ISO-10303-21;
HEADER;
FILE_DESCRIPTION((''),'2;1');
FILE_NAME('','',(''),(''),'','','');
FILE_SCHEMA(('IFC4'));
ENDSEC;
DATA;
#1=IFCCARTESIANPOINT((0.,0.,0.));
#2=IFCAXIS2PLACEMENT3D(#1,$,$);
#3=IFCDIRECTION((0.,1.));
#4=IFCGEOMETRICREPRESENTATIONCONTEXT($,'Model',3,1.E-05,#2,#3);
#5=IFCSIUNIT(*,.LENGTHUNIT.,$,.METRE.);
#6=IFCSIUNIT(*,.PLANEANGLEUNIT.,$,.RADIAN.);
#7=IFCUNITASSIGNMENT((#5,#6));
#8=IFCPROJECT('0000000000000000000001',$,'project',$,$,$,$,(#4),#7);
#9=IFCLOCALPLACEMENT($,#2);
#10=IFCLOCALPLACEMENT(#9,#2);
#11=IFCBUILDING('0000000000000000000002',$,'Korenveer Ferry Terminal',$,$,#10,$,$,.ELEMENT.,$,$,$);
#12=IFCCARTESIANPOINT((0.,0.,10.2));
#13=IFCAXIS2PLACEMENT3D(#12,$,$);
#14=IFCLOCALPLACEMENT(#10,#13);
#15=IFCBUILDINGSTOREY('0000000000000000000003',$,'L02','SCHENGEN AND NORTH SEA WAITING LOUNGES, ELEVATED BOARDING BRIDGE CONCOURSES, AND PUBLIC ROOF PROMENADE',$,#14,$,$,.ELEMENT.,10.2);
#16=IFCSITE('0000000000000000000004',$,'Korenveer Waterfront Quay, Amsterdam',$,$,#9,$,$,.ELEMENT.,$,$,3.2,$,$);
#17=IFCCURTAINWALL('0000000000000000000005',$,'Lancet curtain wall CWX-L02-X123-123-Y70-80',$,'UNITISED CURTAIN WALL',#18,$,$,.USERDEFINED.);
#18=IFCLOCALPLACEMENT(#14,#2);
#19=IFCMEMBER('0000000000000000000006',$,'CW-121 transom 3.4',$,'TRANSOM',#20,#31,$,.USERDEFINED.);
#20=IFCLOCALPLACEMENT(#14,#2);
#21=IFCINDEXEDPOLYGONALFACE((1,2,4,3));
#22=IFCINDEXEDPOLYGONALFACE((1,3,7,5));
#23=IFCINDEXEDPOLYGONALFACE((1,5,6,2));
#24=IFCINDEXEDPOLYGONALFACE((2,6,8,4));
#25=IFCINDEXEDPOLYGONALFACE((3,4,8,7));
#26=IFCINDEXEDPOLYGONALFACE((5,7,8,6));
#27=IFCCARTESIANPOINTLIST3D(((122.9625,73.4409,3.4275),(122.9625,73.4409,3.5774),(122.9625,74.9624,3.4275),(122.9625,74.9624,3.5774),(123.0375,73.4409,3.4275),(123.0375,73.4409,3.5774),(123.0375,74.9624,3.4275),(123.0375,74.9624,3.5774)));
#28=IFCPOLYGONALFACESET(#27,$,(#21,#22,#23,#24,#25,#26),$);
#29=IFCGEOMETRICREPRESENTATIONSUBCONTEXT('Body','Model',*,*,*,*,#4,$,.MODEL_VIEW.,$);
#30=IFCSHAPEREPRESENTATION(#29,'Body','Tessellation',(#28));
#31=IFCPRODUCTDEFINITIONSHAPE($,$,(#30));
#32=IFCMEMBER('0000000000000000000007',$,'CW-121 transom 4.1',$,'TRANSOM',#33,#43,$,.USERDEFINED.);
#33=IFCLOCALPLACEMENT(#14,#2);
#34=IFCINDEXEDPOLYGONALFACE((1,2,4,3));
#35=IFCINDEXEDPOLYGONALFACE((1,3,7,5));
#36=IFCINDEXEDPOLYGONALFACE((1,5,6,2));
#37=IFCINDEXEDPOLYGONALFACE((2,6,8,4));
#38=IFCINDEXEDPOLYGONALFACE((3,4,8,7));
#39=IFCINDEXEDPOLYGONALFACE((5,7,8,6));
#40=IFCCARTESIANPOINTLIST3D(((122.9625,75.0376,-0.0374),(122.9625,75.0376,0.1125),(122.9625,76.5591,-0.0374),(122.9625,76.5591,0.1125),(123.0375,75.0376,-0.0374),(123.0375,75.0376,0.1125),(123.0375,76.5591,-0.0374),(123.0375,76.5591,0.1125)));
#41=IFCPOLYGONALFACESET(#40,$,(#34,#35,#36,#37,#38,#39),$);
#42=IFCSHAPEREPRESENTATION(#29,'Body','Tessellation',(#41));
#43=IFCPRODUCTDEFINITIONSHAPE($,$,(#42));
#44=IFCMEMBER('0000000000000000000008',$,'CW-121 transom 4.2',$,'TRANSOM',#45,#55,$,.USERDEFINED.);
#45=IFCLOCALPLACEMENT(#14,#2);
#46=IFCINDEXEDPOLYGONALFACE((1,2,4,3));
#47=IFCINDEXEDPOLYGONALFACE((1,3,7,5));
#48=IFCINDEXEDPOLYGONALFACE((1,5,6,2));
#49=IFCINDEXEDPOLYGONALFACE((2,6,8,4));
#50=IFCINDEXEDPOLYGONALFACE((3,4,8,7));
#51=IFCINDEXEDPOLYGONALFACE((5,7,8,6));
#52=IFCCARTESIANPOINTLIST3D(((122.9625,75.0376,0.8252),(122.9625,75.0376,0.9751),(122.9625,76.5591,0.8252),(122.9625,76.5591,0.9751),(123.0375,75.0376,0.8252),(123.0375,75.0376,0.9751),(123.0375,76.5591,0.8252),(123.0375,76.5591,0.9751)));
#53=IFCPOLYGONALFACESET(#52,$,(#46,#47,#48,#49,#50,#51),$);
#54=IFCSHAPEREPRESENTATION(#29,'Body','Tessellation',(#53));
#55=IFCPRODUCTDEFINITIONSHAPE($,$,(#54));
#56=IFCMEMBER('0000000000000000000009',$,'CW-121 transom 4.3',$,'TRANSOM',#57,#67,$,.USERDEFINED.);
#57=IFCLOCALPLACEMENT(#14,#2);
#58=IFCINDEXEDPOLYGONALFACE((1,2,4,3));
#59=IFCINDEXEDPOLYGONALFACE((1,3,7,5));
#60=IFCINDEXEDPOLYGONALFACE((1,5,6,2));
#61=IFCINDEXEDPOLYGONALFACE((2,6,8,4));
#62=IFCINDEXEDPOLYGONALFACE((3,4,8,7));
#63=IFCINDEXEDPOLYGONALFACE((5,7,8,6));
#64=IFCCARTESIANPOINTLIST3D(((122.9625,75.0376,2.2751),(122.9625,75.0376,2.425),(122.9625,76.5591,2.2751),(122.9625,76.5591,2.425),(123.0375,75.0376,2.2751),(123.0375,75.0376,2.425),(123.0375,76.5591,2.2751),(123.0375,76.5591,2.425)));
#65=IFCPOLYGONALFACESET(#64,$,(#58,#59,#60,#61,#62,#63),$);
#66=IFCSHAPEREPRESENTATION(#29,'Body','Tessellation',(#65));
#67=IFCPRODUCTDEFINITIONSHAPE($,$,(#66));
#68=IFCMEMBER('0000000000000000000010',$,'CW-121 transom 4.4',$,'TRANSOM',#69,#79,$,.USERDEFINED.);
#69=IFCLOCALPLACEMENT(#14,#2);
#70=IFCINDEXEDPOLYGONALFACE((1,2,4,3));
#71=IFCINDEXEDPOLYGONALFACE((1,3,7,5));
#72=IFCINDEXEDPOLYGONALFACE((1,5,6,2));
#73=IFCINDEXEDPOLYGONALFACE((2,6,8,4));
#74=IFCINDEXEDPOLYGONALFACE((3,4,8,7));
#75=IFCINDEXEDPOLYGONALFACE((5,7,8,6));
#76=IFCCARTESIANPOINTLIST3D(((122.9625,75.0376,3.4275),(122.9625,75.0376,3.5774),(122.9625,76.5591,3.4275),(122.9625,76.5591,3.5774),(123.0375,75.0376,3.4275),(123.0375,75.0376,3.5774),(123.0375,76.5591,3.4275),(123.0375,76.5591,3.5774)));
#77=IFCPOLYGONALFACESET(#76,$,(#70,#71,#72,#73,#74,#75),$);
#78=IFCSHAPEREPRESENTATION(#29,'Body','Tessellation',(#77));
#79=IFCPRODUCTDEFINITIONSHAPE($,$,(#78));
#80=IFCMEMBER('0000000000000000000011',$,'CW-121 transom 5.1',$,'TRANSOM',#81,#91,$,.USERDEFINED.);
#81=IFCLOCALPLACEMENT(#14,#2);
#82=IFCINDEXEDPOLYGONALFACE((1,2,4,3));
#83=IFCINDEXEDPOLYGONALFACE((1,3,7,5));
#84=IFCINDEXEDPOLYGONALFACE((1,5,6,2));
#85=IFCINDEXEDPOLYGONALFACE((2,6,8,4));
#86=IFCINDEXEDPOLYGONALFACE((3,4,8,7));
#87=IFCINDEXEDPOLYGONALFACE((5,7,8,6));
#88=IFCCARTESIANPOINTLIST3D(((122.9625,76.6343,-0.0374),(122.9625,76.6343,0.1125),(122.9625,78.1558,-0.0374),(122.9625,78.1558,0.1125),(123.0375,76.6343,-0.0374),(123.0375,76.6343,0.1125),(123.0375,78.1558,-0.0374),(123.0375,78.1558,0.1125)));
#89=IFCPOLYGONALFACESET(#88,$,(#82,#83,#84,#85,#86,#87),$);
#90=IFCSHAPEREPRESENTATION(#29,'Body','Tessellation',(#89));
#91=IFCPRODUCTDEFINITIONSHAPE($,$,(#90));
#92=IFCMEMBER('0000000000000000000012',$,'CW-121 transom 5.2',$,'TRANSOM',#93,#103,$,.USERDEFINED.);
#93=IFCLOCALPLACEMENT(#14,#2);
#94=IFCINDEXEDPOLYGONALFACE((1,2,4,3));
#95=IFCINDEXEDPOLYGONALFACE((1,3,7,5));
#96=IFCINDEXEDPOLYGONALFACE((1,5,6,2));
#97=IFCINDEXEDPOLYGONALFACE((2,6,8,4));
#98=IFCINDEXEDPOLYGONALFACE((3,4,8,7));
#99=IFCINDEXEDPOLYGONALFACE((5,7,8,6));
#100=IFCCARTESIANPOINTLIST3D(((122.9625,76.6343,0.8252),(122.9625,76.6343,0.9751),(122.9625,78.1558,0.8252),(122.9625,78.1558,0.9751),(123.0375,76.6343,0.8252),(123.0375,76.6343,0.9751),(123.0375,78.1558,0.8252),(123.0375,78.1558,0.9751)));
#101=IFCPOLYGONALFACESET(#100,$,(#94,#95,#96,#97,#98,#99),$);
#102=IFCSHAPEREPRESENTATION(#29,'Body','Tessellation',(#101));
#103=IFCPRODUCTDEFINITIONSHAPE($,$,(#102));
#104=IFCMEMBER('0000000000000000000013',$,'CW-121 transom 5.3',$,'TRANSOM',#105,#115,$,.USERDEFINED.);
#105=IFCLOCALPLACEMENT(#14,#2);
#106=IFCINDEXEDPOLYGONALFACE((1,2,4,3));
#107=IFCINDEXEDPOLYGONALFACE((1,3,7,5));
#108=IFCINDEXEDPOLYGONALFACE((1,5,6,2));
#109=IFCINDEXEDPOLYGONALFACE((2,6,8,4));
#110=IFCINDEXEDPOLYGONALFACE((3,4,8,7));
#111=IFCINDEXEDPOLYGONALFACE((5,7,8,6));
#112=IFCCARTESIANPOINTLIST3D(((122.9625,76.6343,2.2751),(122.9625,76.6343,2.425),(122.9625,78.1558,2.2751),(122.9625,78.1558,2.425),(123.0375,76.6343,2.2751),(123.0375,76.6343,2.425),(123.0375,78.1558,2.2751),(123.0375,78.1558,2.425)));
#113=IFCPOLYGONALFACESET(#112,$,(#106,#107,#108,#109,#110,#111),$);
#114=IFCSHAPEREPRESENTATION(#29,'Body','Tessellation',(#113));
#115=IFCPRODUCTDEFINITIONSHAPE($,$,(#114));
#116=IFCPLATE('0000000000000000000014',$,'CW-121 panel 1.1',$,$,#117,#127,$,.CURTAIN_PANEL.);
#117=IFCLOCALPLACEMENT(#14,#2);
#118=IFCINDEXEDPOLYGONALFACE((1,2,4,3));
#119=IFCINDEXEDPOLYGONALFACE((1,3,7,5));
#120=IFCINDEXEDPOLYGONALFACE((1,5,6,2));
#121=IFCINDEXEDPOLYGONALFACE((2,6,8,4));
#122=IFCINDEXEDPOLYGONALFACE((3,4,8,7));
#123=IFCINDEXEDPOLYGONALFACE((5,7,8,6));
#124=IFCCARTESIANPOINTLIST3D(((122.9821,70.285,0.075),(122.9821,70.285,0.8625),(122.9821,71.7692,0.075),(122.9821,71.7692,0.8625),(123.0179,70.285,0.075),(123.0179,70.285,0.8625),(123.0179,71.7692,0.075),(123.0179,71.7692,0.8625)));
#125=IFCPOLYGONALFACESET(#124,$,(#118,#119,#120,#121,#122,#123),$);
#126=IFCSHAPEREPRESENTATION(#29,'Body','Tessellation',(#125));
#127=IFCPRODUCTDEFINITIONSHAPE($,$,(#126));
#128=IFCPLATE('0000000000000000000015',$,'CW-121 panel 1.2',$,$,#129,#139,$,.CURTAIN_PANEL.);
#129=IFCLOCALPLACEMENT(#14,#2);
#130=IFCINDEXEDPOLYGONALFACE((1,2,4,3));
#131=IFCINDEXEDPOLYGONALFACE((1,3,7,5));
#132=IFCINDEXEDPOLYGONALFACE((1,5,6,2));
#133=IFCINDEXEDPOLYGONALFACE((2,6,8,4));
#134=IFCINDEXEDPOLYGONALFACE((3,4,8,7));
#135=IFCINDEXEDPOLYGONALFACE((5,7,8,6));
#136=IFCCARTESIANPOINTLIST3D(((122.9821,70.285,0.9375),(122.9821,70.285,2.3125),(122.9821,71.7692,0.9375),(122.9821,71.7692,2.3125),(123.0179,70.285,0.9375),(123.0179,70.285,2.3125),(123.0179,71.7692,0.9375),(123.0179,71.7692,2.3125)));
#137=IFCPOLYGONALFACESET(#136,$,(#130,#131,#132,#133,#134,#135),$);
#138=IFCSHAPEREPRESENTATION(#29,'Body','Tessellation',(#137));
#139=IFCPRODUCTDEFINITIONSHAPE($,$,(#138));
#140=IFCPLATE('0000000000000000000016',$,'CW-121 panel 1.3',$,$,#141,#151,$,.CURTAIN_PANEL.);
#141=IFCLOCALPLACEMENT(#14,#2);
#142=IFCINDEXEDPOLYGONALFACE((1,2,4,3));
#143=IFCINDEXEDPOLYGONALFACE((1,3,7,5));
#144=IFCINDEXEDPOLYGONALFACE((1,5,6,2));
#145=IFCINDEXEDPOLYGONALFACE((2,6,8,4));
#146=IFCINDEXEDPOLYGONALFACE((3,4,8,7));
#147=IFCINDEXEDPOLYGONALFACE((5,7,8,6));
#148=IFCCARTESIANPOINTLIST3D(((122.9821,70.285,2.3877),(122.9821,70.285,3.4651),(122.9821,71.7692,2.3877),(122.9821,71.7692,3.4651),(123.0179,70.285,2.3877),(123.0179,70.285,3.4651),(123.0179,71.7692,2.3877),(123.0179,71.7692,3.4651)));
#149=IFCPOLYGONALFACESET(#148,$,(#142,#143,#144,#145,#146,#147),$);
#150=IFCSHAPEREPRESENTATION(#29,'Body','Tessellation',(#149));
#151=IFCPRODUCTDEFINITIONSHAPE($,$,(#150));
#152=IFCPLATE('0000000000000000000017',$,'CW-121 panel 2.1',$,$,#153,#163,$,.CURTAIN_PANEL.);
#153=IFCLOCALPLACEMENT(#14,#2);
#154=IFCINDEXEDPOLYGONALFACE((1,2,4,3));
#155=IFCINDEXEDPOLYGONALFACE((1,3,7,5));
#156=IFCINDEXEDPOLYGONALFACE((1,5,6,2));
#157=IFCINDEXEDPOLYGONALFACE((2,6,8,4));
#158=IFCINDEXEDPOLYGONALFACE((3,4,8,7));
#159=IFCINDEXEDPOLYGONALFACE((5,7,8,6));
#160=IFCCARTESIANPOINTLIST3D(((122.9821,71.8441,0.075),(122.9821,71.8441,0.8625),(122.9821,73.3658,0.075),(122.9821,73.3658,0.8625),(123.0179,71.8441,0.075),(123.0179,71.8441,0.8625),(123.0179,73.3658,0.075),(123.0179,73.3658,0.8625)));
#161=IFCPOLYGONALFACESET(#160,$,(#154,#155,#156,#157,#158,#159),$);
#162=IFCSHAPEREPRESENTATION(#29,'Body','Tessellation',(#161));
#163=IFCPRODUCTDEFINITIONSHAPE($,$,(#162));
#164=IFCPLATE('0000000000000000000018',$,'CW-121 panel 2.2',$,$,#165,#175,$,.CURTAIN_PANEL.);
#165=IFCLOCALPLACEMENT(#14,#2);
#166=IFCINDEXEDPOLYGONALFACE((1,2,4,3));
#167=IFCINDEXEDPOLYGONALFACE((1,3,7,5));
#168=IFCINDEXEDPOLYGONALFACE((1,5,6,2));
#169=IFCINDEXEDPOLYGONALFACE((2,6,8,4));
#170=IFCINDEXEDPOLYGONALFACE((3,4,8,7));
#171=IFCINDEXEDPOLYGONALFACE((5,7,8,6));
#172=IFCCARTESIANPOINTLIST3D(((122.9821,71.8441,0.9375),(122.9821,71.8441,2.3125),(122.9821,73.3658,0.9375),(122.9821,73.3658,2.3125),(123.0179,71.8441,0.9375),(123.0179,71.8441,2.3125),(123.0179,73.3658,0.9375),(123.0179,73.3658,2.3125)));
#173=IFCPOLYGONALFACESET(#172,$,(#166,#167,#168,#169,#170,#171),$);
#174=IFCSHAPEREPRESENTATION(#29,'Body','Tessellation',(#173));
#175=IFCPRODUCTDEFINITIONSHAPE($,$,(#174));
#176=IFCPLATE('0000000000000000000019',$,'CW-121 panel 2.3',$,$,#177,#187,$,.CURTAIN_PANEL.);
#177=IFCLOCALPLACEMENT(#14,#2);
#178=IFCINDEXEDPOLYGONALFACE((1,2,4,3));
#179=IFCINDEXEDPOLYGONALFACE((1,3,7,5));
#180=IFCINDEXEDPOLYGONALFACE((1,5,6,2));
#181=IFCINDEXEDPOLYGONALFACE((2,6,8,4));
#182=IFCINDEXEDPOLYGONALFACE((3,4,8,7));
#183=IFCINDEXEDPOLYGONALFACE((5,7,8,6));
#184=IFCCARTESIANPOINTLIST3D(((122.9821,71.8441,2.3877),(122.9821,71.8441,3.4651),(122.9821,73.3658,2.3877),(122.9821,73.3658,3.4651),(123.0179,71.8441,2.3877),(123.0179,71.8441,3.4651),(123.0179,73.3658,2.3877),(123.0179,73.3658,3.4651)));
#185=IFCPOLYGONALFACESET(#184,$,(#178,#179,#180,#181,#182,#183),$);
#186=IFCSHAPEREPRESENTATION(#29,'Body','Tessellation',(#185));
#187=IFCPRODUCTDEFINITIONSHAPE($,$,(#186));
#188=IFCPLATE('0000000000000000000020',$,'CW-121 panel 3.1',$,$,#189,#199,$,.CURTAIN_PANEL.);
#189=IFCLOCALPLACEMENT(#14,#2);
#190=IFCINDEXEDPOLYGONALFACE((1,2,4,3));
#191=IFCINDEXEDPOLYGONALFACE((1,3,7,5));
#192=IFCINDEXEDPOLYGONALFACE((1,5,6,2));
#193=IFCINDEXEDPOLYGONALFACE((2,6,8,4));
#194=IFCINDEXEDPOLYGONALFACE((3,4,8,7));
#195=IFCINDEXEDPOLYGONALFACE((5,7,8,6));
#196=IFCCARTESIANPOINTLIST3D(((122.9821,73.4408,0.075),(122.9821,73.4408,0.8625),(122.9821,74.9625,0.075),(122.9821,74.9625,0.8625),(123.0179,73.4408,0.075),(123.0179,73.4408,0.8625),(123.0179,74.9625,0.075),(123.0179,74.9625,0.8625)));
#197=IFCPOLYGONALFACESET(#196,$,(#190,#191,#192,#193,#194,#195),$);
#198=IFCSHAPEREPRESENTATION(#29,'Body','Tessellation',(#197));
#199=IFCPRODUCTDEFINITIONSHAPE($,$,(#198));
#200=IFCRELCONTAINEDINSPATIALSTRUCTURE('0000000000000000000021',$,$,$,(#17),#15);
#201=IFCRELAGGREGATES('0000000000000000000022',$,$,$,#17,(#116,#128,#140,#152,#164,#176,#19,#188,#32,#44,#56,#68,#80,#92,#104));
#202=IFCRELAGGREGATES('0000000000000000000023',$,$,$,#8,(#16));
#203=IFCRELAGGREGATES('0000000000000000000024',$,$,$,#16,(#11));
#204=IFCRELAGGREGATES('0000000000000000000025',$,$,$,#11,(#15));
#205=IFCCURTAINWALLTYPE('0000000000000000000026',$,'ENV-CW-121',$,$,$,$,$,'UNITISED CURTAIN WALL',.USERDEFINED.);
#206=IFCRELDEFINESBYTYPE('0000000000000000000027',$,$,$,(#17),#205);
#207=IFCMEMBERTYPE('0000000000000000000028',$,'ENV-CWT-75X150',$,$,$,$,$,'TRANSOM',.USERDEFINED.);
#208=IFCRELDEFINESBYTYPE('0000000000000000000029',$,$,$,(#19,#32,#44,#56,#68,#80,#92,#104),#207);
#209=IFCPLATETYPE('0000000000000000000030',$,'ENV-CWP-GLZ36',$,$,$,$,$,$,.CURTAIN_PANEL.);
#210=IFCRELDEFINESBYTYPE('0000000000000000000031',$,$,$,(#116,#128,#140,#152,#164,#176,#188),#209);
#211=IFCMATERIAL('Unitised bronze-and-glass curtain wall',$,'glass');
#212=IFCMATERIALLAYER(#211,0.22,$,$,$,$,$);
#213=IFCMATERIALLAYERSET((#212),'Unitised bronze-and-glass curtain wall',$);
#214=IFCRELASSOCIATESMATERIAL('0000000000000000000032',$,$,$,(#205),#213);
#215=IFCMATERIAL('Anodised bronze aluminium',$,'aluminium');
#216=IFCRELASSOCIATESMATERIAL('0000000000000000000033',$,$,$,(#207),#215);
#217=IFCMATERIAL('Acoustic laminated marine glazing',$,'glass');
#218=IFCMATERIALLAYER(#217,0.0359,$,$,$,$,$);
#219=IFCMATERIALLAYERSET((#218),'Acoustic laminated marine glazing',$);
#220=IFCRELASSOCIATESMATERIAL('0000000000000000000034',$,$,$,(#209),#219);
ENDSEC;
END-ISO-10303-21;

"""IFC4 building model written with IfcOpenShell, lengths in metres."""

from ifc_helpers import new_model, si_unit, direction, frame, origin, origin_2d, place, context, subcontext, project, spatial, rectangle, extrude, material, layer, layer_set, material_profile, profile_set, type_object, element, aggregate, save


model = new_model("IFC4")

# Units and contexts
model_context = context("Model", 3, precision=1e-05, world=origin(), true_north=direction((0.0, 1.0)))
body_context = subcontext(model_context, "Body", "Model", "MODEL_VIEW")
ifc_project = project(units=[si_unit("LENGTHUNIT", "METRE"), si_unit("PLANEANGLEUNIT", "RADIAN")], contexts=[model_context])

# Site, building, storey
site_placement = place(None, origin())
site = spatial("IfcSite", under=ifc_project, at=site_placement, Name="Korenveer Waterfront Quay, Amsterdam", CompositionType="ELEMENT", RefElevation=3.2)
building_placement = place(site_placement, origin())
building = spatial("IfcBuilding", under=site, at=building_placement, Name="Korenveer Ferry Terminal", CompositionType="ELEMENT")
storey_placement = place(building_placement, frame((0.0, 0.0, 10.2)))
storey = spatial("IfcBuildingStorey", under=building, at=storey_placement, Name="L02", Description="SCHENGEN AND NORTH SEA WAITING LOUNGES, ELEVATED BOARDING BRIDGE CONCOURSES, AND PUBLIC ROOF PROMENADE", CompositionType="ELEMENT", Elevation=10.2)

# Curtain wall, members, plates
ifc_material_1 = material(Name="Unitised bronze-and-glass curtain wall", Category="glass")
ifc_layer_1 = layer(ifc_material_1, 0.22)
ifc_layer_set_1 = layer_set([ifc_layer_1], Name="Unitised bronze-and-glass curtain wall")
curtain_wall_type = type_object("IfcCurtainWallType", Name="ENV-CW-121", ElementType="UNITISED CURTAIN WALL", PredefinedType="USERDEFINED", material=ifc_layer_set_1)
curtain_wall_placement = place(storey_placement, frame((123.0, 70.21, 0.0)))
curtain_wall = element("IfcCurtainWall", 1, at=curtain_wall_placement, inside=storey, type_object=curtain_wall_type, Name="Lancet curtain wall CWX-L02-X123-123-Y70-80", ObjectType="UNITISED CURTAIN WALL", PredefinedType="USERDEFINED")
ifc_material_2 = material(Name="Anodised bronze aluminium", Category="aluminium")
ifc_material_profile_1 = material_profile(ifc_material_2, rectangle(XDim=0.075, YDim=0.1499, at=origin_2d()), Name="ALU 75x150")
ifc_profile_set_1 = profile_set([ifc_material_profile_1], Name="Anodised bronze aluminium")
member_type_1 = type_object("IfcMemberType", Name="ENV-CWT-75X150", ElementType="TRANSOM", PredefinedType="USERDEFINED", material=ifc_profile_set_1)
member_1_placement = place(storey_placement, frame((123.0, 73.4409, 3.5024), z_axis=(0.0, 1.0, 0.0), x_axis=(-1.0, 0.0, 0.0)))
member_1 = element("IfcMember", 2, at=member_1_placement, type_object=member_type_1, Name="CW-121 transom 3.4", ObjectType="TRANSOM", PredefinedType="USERDEFINED", context=body_context, shape_type="SweptSolid", body=[
    extrude(rectangle(XDim=0.075, YDim=0.1499, at=origin_2d()), origin(), (0.0, 0.0, 1.0), 1.5215),
])
member_2_placement = place(storey_placement, frame((123.0, 75.0376, 0.0376), z_axis=(0.0, 1.0, 0.0), x_axis=(-1.0, 0.0, 0.0)))
member_2 = element("IfcMember", 3, at=member_2_placement, type_object=member_type_1, Name="CW-121 transom 4.1", ObjectType="TRANSOM", PredefinedType="USERDEFINED", context=body_context, shape_type="SweptSolid", body=[
    extrude(rectangle(XDim=0.075, YDim=0.1499, at=origin_2d()), origin(), (0.0, 0.0, 1.0), 1.5215),
])
member_3_placement = place(storey_placement, frame((123.0, 75.0376, 0.9001), z_axis=(0.0, 1.0, 0.0), x_axis=(-1.0, 0.0, 0.0)))
member_3 = element("IfcMember", 4, at=member_3_placement, type_object=member_type_1, Name="CW-121 transom 4.2", ObjectType="TRANSOM", PredefinedType="USERDEFINED", context=body_context, shape_type="SweptSolid", body=[
    extrude(rectangle(XDim=0.075, YDim=0.1499, at=origin_2d()), origin(), (0.0, 0.0, 1.0), 1.5215),
])
member_4_placement = place(storey_placement, frame((123.0, 75.0376, 2.3501), z_axis=(0.0, 1.0, 0.0), x_axis=(-1.0, 0.0, 0.0)))
member_4 = element("IfcMember", 5, at=member_4_placement, type_object=member_type_1, Name="CW-121 transom 4.3", ObjectType="TRANSOM", PredefinedType="USERDEFINED", context=body_context, shape_type="SweptSolid", body=[
    extrude(rectangle(XDim=0.075, YDim=0.1499, at=origin_2d()), origin(), (0.0, 0.0, 1.0), 1.5215),
])
member_5_placement = place(storey_placement, frame((123.0, 75.0376, 3.5024), z_axis=(0.0, 1.0, 0.0), x_axis=(-1.0, 0.0, 0.0)))
member_5 = element("IfcMember", 6, at=member_5_placement, type_object=member_type_1, Name="CW-121 transom 4.4", ObjectType="TRANSOM", PredefinedType="USERDEFINED", context=body_context, shape_type="SweptSolid", body=[
    extrude(rectangle(XDim=0.075, YDim=0.1499, at=origin_2d()), origin(), (0.0, 0.0, 1.0), 1.5215),
])
member_6_placement = place(storey_placement, frame((123.0, 76.6343, 0.0376), z_axis=(0.0, 1.0, 0.0), x_axis=(-1.0, 0.0, 0.0)))
member_6 = element("IfcMember", 7, at=member_6_placement, type_object=member_type_1, Name="CW-121 transom 5.1", ObjectType="TRANSOM", PredefinedType="USERDEFINED", context=body_context, shape_type="SweptSolid", body=[
    extrude(rectangle(XDim=0.075, YDim=0.1499, at=origin_2d()), origin(), (0.0, 0.0, 1.0), 1.5215),
])
member_7_placement = place(storey_placement, frame((123.0, 76.6343, 0.9001), z_axis=(0.0, 1.0, 0.0), x_axis=(-1.0, 0.0, 0.0)))
member_7 = element("IfcMember", 8, at=member_7_placement, type_object=member_type_1, Name="CW-121 transom 5.2", ObjectType="TRANSOM", PredefinedType="USERDEFINED", context=body_context, shape_type="SweptSolid", body=[
    extrude(rectangle(XDim=0.075, YDim=0.1499, at=origin_2d()), origin(), (0.0, 0.0, 1.0), 1.5215),
])
member_8_placement = place(storey_placement, frame((123.0, 76.6343, 2.3501), z_axis=(0.0, 1.0, 0.0), x_axis=(-1.0, 0.0, 0.0)))
member_8 = element("IfcMember", 9, at=member_8_placement, type_object=member_type_1, Name="CW-121 transom 5.3", ObjectType="TRANSOM", PredefinedType="USERDEFINED", context=body_context, shape_type="SweptSolid", body=[
    extrude(rectangle(XDim=0.075, YDim=0.1499, at=origin_2d()), origin(), (0.0, 0.0, 1.0), 1.5215),
])
ifc_material_3 = material(Name="Acoustic laminated marine glazing", Category="glass")
ifc_layer_2 = layer(ifc_material_3, 0.0359)
ifc_layer_set_2 = layer_set([ifc_layer_2], Name="Acoustic laminated marine glazing")
plate_type = type_object("IfcPlateType", Name="ENV-CWP-GLZ36", PredefinedType="CURTAIN_PANEL", material=ifc_layer_set_2)
plate_1_placement = place(storey_placement, frame((123.0, 71.0271, 0.075), z_axis=(0.0, 0.0, 1.0), x_axis=(0.0, 1.0, 0.0)))
plate_1 = element("IfcPlate", 10, at=plate_1_placement, type_object=plate_type, Name="CW-121 panel 1.1", PredefinedType="CURTAIN_PANEL", context=body_context, shape_type="SweptSolid", body=[
    extrude(rectangle(XDim=1.4841, YDim=0.0359, at=origin_2d()), origin(), (0.0, 0.0, 1.0), 0.7876),
])
plate_2_placement = place(storey_placement, frame((123.0, 71.0271, 0.9375), z_axis=(0.0, 0.0, 1.0), x_axis=(0.0, 1.0, 0.0)))
plate_2 = element("IfcPlate", 11, at=plate_2_placement, type_object=plate_type, Name="CW-121 panel 1.2", PredefinedType="CURTAIN_PANEL", context=body_context, shape_type="SweptSolid", body=[
    extrude(rectangle(XDim=1.4841, YDim=0.0359, at=origin_2d()), origin(), (0.0, 0.0, 1.0), 1.375),
])
plate_3_placement = place(storey_placement, frame((123.0, 71.0271, 2.3877), z_axis=(0.0, 0.0, 1.0), x_axis=(0.0, 1.0, 0.0)))
plate_3 = element("IfcPlate", 12, at=plate_3_placement, type_object=plate_type, Name="CW-121 panel 1.3", PredefinedType="CURTAIN_PANEL", context=body_context, shape_type="SweptSolid", body=[
    extrude(rectangle(XDim=1.4841, YDim=0.0359, at=origin_2d()), origin(), (0.0, 0.0, 1.0), 1.0774),
])
plate_4_placement = place(storey_placement, frame((123.0, 72.605, 0.075), z_axis=(0.0, 0.0, 1.0), x_axis=(0.0, 1.0, 0.0)))
plate_4 = element("IfcPlate", 13, at=plate_4_placement, type_object=plate_type, Name="CW-121 panel 2.1", PredefinedType="CURTAIN_PANEL", context=body_context, shape_type="SweptSolid", body=[
    extrude(rectangle(XDim=1.5217, YDim=0.0359, at=origin_2d()), origin(), (0.0, 0.0, 1.0), 0.7876),
])
plate_5_placement = place(storey_placement, frame((123.0, 72.605, 0.9375), z_axis=(0.0, 0.0, 1.0), x_axis=(0.0, 1.0, 0.0)))
plate_5 = element("IfcPlate", 14, at=plate_5_placement, type_object=plate_type, Name="CW-121 panel 2.2", PredefinedType="CURTAIN_PANEL", context=body_context, shape_type="SweptSolid", body=[
    extrude(rectangle(XDim=1.5217, YDim=0.0359, at=origin_2d()), origin(), (0.0, 0.0, 1.0), 1.375),
])
plate_6_placement = place(storey_placement, frame((123.0, 72.605, 2.3877), z_axis=(0.0, 0.0, 1.0), x_axis=(0.0, 1.0, 0.0)))
plate_6 = element("IfcPlate", 15, at=plate_6_placement, type_object=plate_type, Name="CW-121 panel 2.3", PredefinedType="CURTAIN_PANEL", context=body_context, shape_type="SweptSolid", body=[
    extrude(rectangle(XDim=1.5217, YDim=0.0359, at=origin_2d()), origin(), (0.0, 0.0, 1.0), 1.0774),
])
plate_7_placement = place(storey_placement, frame((123.0, 74.2017, 0.075), z_axis=(0.0, 0.0, 1.0), x_axis=(0.0, 1.0, 0.0)))
plate_7 = element("IfcPlate", 16, at=plate_7_placement, type_object=plate_type, Name="CW-121 panel 3.1", PredefinedType="CURTAIN_PANEL", context=body_context, shape_type="SweptSolid", body=[
    extrude(rectangle(XDim=1.5217, YDim=0.0359, at=origin_2d()), origin(), (0.0, 0.0, 1.0), 0.7876),
])
aggregate(curtain_wall, [plate_1, plate_2, plate_3, plate_4, plate_5, plate_6, member_1, plate_7, member_2, member_3, member_4, member_5, member_6, member_7, member_8])

save(model, "model.ifc")
